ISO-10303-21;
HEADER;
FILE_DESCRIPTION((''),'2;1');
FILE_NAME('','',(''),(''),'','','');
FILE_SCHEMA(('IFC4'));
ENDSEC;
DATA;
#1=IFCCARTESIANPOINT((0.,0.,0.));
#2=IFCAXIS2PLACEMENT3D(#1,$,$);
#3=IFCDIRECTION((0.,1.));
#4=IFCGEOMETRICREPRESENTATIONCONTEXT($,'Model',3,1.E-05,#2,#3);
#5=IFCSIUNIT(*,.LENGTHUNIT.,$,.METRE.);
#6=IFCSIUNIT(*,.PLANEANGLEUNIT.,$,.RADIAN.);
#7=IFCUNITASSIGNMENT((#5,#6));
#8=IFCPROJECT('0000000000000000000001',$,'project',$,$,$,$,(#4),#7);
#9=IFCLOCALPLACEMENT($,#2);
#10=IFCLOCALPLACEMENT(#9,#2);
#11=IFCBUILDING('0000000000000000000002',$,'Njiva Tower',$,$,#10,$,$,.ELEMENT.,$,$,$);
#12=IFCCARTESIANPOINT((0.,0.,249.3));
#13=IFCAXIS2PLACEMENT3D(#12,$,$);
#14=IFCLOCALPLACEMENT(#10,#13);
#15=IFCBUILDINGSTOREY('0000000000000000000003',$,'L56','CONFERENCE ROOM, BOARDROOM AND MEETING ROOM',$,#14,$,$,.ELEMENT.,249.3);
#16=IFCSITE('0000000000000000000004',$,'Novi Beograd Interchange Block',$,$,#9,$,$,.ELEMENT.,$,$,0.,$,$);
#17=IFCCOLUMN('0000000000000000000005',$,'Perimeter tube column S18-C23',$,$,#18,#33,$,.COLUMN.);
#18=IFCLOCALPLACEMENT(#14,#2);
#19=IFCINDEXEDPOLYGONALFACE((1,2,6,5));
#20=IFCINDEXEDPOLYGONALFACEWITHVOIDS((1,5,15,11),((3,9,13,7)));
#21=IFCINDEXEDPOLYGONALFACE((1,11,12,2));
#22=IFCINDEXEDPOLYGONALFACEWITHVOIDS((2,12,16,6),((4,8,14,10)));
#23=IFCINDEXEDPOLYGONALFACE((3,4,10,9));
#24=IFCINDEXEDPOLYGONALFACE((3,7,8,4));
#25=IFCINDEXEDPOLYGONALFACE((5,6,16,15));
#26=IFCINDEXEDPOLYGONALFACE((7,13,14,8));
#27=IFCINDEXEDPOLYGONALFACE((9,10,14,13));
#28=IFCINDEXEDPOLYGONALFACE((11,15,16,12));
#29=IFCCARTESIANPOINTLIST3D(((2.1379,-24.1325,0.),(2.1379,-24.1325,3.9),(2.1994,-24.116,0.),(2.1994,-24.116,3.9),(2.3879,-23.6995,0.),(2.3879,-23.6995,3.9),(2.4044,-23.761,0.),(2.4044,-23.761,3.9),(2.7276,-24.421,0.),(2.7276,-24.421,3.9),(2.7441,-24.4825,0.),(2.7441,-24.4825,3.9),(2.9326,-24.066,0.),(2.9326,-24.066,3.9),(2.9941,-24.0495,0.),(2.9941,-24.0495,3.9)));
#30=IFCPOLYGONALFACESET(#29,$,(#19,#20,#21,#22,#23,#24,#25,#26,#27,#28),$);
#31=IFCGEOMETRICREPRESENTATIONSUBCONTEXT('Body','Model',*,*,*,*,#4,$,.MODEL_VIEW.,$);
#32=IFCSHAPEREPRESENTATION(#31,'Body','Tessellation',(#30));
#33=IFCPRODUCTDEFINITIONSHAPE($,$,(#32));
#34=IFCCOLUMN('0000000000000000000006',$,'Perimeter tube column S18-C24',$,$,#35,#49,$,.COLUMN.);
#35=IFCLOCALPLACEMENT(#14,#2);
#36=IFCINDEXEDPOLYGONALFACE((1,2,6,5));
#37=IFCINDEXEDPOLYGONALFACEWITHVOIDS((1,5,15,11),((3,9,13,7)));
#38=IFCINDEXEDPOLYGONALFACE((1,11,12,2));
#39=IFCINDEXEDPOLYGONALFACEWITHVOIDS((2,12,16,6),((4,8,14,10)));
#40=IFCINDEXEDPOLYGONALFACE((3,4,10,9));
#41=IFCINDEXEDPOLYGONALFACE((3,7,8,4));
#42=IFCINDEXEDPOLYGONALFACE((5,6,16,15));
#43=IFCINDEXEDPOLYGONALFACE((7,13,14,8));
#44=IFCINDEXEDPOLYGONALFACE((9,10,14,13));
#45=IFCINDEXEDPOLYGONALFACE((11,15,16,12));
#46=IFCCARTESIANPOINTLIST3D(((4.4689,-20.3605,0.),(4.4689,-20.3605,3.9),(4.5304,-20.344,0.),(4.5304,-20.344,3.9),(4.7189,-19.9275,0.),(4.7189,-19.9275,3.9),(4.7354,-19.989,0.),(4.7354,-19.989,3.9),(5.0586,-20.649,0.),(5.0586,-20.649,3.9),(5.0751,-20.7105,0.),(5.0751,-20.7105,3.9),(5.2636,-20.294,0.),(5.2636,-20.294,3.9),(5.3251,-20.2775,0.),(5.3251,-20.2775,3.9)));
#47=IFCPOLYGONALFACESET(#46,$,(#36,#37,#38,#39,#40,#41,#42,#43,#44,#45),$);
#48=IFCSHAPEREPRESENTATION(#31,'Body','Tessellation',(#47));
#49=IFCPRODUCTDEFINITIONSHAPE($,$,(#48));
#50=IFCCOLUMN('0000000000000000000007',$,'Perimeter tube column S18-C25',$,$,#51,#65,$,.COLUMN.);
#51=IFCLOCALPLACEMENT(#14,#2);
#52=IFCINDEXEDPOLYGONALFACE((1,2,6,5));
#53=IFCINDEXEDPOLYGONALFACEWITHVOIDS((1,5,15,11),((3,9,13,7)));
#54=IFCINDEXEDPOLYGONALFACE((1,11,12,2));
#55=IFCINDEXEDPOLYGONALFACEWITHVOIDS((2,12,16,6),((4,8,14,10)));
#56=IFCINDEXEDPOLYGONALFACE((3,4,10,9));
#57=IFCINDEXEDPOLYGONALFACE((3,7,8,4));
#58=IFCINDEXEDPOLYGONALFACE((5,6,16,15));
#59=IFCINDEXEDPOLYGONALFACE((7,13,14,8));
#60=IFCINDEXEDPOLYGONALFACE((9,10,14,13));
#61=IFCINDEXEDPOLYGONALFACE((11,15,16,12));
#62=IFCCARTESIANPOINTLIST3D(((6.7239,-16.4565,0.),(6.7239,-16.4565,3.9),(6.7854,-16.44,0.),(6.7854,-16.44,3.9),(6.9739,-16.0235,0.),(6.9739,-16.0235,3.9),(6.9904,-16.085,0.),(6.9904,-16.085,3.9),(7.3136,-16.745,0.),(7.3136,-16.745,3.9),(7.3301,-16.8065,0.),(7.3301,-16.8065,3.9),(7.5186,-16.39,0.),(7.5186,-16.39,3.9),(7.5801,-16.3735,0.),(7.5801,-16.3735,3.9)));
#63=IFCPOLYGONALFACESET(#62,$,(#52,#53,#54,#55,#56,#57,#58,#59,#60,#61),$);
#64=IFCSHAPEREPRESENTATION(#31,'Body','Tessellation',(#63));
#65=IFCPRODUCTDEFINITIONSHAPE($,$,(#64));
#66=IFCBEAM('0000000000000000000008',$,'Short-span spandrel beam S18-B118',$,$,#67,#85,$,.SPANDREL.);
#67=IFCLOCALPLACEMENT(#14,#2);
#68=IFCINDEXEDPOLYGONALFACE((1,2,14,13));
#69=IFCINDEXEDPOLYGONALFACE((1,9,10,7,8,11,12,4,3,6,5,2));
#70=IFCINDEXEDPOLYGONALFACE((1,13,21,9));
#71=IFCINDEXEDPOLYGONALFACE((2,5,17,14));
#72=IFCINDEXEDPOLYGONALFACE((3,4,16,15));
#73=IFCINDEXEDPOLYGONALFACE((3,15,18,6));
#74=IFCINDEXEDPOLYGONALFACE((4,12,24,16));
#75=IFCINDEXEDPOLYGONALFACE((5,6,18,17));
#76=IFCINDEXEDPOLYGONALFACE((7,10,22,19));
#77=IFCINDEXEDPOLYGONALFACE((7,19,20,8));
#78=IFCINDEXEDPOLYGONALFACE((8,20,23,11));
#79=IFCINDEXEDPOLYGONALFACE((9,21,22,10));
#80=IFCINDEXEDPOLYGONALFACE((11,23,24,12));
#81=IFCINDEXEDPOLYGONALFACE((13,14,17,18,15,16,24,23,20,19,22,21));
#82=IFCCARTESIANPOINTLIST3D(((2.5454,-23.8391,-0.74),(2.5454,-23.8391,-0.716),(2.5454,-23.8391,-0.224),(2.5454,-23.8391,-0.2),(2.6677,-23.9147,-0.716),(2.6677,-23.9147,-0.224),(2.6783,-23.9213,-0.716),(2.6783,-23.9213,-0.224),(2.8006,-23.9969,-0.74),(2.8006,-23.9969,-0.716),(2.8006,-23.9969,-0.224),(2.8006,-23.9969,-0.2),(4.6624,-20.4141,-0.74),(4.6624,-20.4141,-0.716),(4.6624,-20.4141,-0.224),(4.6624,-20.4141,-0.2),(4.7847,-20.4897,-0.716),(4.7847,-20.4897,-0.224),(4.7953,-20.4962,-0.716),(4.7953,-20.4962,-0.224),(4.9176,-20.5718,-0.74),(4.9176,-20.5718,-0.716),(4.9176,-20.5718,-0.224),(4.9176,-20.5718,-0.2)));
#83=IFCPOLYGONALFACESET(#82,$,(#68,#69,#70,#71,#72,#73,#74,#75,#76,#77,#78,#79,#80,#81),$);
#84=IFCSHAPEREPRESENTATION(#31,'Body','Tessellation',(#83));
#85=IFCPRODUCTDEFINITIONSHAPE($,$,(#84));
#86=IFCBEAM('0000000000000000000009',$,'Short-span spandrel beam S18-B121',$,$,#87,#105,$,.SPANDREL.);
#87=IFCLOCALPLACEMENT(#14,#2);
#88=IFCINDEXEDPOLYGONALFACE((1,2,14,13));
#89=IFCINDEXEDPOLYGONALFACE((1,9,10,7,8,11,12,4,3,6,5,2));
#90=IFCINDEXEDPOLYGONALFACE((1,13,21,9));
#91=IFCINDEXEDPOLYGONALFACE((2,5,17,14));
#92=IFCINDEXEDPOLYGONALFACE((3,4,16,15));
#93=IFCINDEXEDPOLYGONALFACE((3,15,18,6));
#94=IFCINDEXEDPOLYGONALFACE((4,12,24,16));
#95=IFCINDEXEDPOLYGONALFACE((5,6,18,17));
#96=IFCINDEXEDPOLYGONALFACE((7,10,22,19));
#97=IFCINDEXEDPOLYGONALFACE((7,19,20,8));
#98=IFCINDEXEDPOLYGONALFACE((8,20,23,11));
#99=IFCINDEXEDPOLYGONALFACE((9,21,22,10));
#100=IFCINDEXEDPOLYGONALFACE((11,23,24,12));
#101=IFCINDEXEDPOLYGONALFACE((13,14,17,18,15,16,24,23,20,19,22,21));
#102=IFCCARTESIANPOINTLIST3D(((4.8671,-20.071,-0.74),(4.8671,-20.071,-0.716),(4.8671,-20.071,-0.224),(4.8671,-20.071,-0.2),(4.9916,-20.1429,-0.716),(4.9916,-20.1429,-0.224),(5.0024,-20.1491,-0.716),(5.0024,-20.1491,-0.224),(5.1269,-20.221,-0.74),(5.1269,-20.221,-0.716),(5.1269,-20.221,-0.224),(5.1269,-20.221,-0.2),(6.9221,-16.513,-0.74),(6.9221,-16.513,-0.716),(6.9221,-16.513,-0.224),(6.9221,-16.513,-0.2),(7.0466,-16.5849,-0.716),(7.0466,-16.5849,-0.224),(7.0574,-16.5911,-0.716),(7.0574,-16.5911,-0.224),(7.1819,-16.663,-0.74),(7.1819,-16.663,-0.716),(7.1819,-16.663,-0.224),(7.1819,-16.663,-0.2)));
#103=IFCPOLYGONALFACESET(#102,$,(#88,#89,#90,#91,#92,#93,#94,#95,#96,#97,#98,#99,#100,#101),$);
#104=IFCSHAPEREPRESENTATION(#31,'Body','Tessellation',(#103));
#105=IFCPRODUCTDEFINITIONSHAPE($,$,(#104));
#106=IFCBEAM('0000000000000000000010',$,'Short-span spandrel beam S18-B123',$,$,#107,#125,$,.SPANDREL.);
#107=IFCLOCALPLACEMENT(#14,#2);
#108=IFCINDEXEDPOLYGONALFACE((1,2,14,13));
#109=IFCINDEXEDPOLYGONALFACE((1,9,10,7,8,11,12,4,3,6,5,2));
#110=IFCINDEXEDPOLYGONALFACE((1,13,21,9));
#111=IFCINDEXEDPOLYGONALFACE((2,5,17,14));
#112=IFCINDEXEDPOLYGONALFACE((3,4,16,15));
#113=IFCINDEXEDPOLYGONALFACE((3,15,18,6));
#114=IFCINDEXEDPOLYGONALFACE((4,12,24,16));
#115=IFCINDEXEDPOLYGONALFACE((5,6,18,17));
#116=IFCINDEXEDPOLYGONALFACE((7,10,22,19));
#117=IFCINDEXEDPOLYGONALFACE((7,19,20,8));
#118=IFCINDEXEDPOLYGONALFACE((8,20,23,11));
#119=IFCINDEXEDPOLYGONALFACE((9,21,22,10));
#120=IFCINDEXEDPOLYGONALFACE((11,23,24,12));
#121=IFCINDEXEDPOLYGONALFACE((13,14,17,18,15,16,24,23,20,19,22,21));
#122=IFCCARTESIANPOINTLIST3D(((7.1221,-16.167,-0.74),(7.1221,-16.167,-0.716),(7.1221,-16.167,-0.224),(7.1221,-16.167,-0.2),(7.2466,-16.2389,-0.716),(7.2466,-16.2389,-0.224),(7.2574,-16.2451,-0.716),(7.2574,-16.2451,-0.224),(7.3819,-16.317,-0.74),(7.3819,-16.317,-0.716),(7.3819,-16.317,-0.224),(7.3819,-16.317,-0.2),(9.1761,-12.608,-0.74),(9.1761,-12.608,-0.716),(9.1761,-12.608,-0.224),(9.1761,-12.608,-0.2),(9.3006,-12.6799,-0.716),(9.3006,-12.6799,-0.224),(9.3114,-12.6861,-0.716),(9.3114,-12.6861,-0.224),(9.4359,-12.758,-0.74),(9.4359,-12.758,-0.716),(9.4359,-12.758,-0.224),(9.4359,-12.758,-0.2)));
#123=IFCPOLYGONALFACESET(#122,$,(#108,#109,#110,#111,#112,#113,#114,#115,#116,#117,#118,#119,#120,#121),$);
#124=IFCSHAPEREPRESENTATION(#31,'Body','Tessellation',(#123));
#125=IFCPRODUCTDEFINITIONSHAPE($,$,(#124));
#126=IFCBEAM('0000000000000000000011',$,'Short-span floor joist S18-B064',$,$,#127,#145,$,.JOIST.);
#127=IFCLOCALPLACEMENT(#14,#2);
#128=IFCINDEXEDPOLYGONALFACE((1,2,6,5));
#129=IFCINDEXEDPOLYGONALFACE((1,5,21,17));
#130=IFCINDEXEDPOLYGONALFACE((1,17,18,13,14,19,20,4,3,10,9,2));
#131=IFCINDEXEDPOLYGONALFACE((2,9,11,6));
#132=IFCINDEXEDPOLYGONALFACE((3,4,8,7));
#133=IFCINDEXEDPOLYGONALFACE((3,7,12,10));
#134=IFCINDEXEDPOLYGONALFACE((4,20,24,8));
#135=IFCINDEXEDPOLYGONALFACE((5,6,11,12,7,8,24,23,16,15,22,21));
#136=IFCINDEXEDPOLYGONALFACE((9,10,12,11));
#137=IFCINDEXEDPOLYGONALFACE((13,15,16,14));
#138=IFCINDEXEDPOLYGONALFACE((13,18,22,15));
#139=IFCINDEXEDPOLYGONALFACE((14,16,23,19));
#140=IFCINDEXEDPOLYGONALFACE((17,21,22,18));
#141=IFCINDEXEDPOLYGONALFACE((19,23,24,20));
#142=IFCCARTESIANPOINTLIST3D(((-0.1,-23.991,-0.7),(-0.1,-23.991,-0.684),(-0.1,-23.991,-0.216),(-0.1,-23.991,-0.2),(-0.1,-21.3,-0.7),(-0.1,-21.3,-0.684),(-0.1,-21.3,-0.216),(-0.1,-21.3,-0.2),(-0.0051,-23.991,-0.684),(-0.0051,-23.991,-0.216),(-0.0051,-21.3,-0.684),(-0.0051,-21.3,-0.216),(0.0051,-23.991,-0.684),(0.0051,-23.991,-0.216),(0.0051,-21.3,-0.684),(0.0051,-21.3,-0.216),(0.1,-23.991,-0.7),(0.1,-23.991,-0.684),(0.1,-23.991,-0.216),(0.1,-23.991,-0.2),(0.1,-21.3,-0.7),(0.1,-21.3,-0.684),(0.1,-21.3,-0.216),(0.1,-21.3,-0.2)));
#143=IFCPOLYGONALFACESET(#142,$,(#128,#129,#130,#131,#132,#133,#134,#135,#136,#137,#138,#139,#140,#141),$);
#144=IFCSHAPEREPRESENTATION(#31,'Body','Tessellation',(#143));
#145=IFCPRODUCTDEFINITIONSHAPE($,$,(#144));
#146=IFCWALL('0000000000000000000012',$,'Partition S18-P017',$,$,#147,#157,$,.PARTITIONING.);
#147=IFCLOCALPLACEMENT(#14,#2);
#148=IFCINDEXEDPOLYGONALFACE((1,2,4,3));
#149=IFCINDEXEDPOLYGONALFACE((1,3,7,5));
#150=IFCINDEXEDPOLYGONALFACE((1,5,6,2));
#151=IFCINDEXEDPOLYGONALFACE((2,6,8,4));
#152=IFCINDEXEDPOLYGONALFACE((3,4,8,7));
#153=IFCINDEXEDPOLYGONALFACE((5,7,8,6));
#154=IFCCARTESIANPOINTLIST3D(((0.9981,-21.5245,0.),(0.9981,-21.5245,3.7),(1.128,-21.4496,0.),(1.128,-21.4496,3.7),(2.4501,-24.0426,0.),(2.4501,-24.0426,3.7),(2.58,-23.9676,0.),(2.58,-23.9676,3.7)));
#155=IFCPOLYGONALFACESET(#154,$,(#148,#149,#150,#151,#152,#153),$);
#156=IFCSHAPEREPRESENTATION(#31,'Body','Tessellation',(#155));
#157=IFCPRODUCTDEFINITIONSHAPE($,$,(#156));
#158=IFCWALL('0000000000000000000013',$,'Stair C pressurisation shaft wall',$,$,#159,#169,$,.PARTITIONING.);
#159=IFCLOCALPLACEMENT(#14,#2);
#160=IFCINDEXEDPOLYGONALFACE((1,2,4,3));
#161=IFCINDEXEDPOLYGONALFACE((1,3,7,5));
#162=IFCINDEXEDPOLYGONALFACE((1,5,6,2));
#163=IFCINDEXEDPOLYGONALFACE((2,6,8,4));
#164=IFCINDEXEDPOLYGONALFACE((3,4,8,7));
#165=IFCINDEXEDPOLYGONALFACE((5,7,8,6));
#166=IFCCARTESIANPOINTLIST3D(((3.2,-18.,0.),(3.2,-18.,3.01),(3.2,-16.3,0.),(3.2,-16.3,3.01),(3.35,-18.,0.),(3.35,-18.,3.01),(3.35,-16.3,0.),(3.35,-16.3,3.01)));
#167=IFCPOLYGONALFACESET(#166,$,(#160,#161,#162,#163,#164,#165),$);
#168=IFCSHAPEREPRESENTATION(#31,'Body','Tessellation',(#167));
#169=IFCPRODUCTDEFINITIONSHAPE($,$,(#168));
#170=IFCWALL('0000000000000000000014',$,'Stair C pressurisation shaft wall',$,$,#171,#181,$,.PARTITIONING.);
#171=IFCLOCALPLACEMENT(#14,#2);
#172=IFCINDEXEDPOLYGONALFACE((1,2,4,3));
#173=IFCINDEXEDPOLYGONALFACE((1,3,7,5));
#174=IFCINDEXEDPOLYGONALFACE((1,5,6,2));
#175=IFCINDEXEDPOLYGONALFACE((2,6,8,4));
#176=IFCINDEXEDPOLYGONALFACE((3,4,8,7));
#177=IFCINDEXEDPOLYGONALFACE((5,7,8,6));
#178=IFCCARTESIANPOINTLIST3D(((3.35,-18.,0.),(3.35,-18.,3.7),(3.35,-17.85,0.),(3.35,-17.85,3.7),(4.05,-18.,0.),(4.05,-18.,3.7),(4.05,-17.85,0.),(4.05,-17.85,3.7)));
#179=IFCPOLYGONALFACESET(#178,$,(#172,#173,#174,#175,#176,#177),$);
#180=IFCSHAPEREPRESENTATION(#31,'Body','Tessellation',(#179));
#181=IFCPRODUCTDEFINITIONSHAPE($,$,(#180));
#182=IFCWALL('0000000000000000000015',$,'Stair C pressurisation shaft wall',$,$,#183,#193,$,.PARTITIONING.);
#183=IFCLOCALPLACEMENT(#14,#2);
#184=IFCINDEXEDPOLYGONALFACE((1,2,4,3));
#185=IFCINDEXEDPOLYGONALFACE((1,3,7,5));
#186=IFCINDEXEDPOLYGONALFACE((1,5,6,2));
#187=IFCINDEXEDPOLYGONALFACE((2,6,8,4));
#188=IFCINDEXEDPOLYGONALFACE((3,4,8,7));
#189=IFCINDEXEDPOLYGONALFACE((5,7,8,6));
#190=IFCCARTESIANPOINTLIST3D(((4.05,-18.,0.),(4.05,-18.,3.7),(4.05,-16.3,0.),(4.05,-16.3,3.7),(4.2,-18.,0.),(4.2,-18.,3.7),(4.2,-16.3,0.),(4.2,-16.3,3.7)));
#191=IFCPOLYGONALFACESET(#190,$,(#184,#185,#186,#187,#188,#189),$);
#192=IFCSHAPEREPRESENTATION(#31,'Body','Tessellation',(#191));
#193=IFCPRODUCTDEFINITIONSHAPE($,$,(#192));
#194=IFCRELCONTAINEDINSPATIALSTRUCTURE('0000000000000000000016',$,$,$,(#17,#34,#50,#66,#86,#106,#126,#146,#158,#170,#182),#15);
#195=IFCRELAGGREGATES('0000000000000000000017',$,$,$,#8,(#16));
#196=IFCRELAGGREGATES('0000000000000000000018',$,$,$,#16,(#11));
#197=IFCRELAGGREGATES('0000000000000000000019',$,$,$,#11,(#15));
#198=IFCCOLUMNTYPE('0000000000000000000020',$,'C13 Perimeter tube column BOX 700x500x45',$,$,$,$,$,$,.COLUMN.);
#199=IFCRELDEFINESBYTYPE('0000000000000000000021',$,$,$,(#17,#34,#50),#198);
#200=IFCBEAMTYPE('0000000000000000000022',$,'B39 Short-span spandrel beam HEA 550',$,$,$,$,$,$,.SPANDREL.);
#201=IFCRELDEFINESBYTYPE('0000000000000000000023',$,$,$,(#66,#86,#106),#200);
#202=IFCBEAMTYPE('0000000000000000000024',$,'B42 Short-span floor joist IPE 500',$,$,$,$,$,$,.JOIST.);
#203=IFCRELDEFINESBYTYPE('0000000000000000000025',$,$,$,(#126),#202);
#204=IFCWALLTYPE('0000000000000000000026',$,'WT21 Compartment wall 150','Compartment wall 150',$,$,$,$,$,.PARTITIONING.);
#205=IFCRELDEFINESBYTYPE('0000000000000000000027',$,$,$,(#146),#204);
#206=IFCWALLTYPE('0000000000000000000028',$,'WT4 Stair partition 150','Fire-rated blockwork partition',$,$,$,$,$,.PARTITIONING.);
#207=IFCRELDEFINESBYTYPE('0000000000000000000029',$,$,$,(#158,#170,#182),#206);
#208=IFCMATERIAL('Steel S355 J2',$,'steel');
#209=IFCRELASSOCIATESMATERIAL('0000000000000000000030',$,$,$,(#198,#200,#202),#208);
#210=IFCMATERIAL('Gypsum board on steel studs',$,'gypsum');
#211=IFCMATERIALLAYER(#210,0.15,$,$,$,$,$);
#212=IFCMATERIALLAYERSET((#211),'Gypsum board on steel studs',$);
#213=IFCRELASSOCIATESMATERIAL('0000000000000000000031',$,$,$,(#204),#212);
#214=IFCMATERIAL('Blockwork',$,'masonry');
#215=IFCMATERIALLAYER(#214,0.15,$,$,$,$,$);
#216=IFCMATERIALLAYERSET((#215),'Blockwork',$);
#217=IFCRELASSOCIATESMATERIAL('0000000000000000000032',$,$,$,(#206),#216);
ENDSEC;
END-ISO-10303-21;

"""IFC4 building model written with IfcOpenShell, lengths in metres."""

from ifc_helpers import new_model, si_unit, direction, frame, frame_2d, origin, origin_2d, place, context, subcontext, project, spatial, rectangle, hollow_rectangle, i_section, extrude, material, layer, layer_set, material_profile, profile_set, type_object, element, save


model = new_model("IFC4")

# Units and contexts
model_context = context("Model", 3, precision=1e-05, world=origin(), true_north=direction((0.0, 1.0)))
body_context = subcontext(model_context, "Body", "Model", "MODEL_VIEW")
ifc_project = project(units=[si_unit("LENGTHUNIT", "METRE"), si_unit("PLANEANGLEUNIT", "RADIAN")], contexts=[model_context])

# Site, building, storey
site_placement = place(None, origin())
site = spatial("IfcSite", under=ifc_project, at=site_placement, Name="Novi Beograd Interchange Block", CompositionType="ELEMENT", RefElevation=0.0)
building_placement = place(site_placement, origin())
building = spatial("IfcBuilding", under=site, at=building_placement, Name="Njiva Tower", CompositionType="ELEMENT")
storey_placement = place(building_placement, frame((0.0, 0.0, 249.3)))
storey = spatial("IfcBuildingStorey", under=building, at=storey_placement, Name="L56", Description="CONFERENCE ROOM, BOARDROOM AND MEETING ROOM", CompositionType="ELEMENT", Elevation=249.3)

# Columns
ifc_material_1 = material(Name="Steel S355 J2", Category="steel")
ifc_material_profile_1 = material_profile(ifc_material_1, hollow_rectangle(XDim=0.5, YDim=0.7, WallThickness=0.045, at=origin_2d()), Name="BOX 700x500x45")
ifc_profile_set_1 = profile_set([ifc_material_profile_1], Name="Steel S355 J2")
column_type = type_object("IfcColumnType", Name="C13 Perimeter tube column BOX 700x500x45", PredefinedType="COLUMN", material=ifc_profile_set_1)
for number, where, z_axis, x_axis, name in (
    (1, (2.566, -24.091, 0.0), (0.0, 0.0, 1.0), (0.5, 0.866025, 0.0), "Perimeter tube column S18-C23"),
    (2, (4.897, -20.319, 0.0), (0.0, 0.0, 1.0), (0.5, 0.866025, 0.0), "Perimeter tube column S18-C24"),
    (3, (7.152, -16.415, 0.0), (0.0, 0.0, 1.0), (0.5, 0.866025, 0.0), "Perimeter tube column S18-C25"),
):
    element("IfcColumn", number, at=place(storey_placement, frame(where, z_axis=z_axis, x_axis=x_axis)), inside=storey, type_object=column_type, Name=name, PredefinedType="COLUMN", context=body_context, shape_type="SweptSolid", body=[
        extrude(hollow_rectangle(XDim=0.5, YDim=0.7, WallThickness=0.045, at=origin_2d()), origin(), (0.0, 0.0, 1.0), 3.9),
    ])

# Beams
ifc_material_profile_2 = material_profile(ifc_material_1, i_section(OverallWidth=0.3, OverallDepth=0.54, WebThickness=0.0125, FlangeThickness=0.024, at=origin_2d()), Name="HEA 550")
ifc_profile_set_2 = profile_set([ifc_material_profile_2], Name="Steel S355 J2")
beam_type_1 = type_object("IfcBeamType", Name="B39 Short-span spandrel beam HEA 550", PredefinedType="SPANDREL", material=ifc_profile_set_2)
beam_1_placement = place(storey_placement, frame((2.673, -23.918, -0.47), z_axis=(0.525773, 0.850625, 0.0), x_axis=(-0.850625, 0.525773, 0.0)))
element("IfcBeam", 4, at=beam_1_placement, inside=storey, type_object=beam_type_1, Name="Short-span spandrel beam S18-B118", PredefinedType="SPANDREL", context=body_context, shape_type="SweptSolid", body=[
    extrude(i_section(OverallWidth=0.3, OverallDepth=0.54, WebThickness=0.0125, FlangeThickness=0.024, at=origin_2d()), origin(), (0.0, 0.0, 1.0), 4.0265),
])
beam_2_placement = place(storey_placement, frame((4.997, -20.146, -0.47), z_axis=(0.500144, 0.865942, 0.0), x_axis=(-0.865942, 0.500144, 0.0)))
element("IfcBeam", 5, at=beam_2_placement, inside=storey, type_object=beam_type_1, Name="Short-span spandrel beam S18-B121", PredefinedType="SPANDREL", context=body_context, shape_type="SweptSolid", body=[
    extrude(i_section(OverallWidth=0.3, OverallDepth=0.54, WebThickness=0.0125, FlangeThickness=0.024, at=origin_2d()), origin(), (0.0, 0.0, 1.0), 4.1088),
])
beam_3_placement = place(storey_placement, frame((7.252, -16.242, -0.47), z_axis=(0.499856, 0.866109, 0.0), x_axis=(-0.866109, 0.499856, 0.0)))
element("IfcBeam", 6, at=beam_3_placement, inside=storey, type_object=beam_type_1, Name="Short-span spandrel beam S18-B123", PredefinedType="SPANDREL", context=body_context, shape_type="SweptSolid", body=[
    extrude(i_section(OverallWidth=0.3, OverallDepth=0.54, WebThickness=0.0125, FlangeThickness=0.024, at=origin_2d()), origin(), (0.0, 0.0, 1.0), 4.1092),
])
ifc_material_profile_3 = material_profile(ifc_material_1, i_section(OverallWidth=0.2, OverallDepth=0.5, WebThickness=0.0102, FlangeThickness=0.016, at=origin_2d()), Name="IPE 500")
ifc_profile_set_3 = profile_set([ifc_material_profile_3], Name="Steel S355 J2")
beam_type_2 = type_object("IfcBeamType", Name="B42 Short-span floor joist IPE 500", PredefinedType="JOIST", material=ifc_profile_set_3)
beam_4_placement = place(storey_placement, frame((0.0, -21.3, -0.45), z_axis=(0.0, -1.0, 0.0), x_axis=(1.0, 0.0, 0.0)))
element("IfcBeam", 7, at=beam_4_placement, inside=storey, type_object=beam_type_2, Name="Short-span floor joist S18-B064", PredefinedType="JOIST", context=body_context, shape_type="SweptSolid", body=[
    extrude(i_section(OverallWidth=0.2, OverallDepth=0.5, WebThickness=0.0102, FlangeThickness=0.016, at=origin_2d()), origin(), (0.0, 0.0, 1.0), 2.691),
])

# Walls
ifc_material_2 = material(Name="Gypsum board on steel studs", Category="gypsum")
ifc_layer_1 = layer(ifc_material_2, 0.15)
ifc_layer_set_1 = layer_set([ifc_layer_1], Name="Gypsum board on steel studs")
wall_type_1 = type_object("IfcWallType", Name="WT21 Compartment wall 150", Description="Compartment wall 150", PredefinedType="PARTITIONING", material=ifc_layer_set_1)
wall_1_placement = place(storey_placement, frame((1.063, -21.487, 0.0), z_axis=(0.0, 0.0, 1.0), x_axis=(0.499544, -0.866289, 0.0)))
element("IfcWall", 8, at=wall_1_placement, inside=storey, type_object=wall_type_1, Name="Partition S18-P017", PredefinedType="PARTITIONING", context=body_context, shape_type="SweptSolid", body=[
    extrude(rectangle(XDim=2.9067, YDim=0.15, at=frame_2d((1.4534, 0.0))), origin(), (0.0, 0.0, 1.0), 3.7),
])
ifc_material_3 = material(Name="Blockwork", Category="masonry")
ifc_layer_2 = layer(ifc_material_3, 0.15)
ifc_layer_set_2 = layer_set([ifc_layer_2], Name="Blockwork")
wall_type_2 = type_object("IfcWallType", Name="WT4 Stair partition 150", Description="Fire-rated blockwork partition", PredefinedType="PARTITIONING", material=ifc_layer_set_2)
wall_2_placement = place(storey_placement, frame((3.275, -18.0, 0.0), z_axis=(0.0, 0.0, 1.0), x_axis=(0.0, 1.0, 0.0)))
element("IfcWall", 9, at=wall_2_placement, inside=storey, type_object=wall_type_2, Name="Stair C pressurisation shaft wall", PredefinedType="PARTITIONING", context=body_context, shape_type="SweptSolid", body=[
    extrude(rectangle(XDim=1.7, YDim=0.15, at=frame_2d((0.85, 0.0))), origin(), (0.0, 0.0, 1.0), 3.01),
])
wall_3_placement = place(storey_placement, frame((3.35, -17.925, 0.0), z_axis=(0.0, 0.0, 1.0), x_axis=(1.0, 0.0, 0.0)))
element("IfcWall", 10, at=wall_3_placement, inside=storey, type_object=wall_type_2, Name="Stair C pressurisation shaft wall", PredefinedType="PARTITIONING", context=body_context, shape_type="SweptSolid", body=[
    extrude(rectangle(XDim=0.7, YDim=0.15, at=frame_2d((0.35, 0.0))), origin(), (0.0, 0.0, 1.0), 3.7),
])
wall_4_placement = place(storey_placement, frame((4.125, -18.0, 0.0), z_axis=(0.0, 0.0, 1.0), x_axis=(0.0, 1.0, 0.0)))
element("IfcWall", 11, at=wall_4_placement, inside=storey, type_object=wall_type_2, Name="Stair C pressurisation shaft wall", PredefinedType="PARTITIONING", context=body_context, shape_type="SweptSolid", body=[
    extrude(rectangle(XDim=1.7, YDim=0.15, at=frame_2d((0.85, 0.0))), origin(), (0.0, 0.0, 1.0), 3.7),
])

save(model, "model.ifc")
